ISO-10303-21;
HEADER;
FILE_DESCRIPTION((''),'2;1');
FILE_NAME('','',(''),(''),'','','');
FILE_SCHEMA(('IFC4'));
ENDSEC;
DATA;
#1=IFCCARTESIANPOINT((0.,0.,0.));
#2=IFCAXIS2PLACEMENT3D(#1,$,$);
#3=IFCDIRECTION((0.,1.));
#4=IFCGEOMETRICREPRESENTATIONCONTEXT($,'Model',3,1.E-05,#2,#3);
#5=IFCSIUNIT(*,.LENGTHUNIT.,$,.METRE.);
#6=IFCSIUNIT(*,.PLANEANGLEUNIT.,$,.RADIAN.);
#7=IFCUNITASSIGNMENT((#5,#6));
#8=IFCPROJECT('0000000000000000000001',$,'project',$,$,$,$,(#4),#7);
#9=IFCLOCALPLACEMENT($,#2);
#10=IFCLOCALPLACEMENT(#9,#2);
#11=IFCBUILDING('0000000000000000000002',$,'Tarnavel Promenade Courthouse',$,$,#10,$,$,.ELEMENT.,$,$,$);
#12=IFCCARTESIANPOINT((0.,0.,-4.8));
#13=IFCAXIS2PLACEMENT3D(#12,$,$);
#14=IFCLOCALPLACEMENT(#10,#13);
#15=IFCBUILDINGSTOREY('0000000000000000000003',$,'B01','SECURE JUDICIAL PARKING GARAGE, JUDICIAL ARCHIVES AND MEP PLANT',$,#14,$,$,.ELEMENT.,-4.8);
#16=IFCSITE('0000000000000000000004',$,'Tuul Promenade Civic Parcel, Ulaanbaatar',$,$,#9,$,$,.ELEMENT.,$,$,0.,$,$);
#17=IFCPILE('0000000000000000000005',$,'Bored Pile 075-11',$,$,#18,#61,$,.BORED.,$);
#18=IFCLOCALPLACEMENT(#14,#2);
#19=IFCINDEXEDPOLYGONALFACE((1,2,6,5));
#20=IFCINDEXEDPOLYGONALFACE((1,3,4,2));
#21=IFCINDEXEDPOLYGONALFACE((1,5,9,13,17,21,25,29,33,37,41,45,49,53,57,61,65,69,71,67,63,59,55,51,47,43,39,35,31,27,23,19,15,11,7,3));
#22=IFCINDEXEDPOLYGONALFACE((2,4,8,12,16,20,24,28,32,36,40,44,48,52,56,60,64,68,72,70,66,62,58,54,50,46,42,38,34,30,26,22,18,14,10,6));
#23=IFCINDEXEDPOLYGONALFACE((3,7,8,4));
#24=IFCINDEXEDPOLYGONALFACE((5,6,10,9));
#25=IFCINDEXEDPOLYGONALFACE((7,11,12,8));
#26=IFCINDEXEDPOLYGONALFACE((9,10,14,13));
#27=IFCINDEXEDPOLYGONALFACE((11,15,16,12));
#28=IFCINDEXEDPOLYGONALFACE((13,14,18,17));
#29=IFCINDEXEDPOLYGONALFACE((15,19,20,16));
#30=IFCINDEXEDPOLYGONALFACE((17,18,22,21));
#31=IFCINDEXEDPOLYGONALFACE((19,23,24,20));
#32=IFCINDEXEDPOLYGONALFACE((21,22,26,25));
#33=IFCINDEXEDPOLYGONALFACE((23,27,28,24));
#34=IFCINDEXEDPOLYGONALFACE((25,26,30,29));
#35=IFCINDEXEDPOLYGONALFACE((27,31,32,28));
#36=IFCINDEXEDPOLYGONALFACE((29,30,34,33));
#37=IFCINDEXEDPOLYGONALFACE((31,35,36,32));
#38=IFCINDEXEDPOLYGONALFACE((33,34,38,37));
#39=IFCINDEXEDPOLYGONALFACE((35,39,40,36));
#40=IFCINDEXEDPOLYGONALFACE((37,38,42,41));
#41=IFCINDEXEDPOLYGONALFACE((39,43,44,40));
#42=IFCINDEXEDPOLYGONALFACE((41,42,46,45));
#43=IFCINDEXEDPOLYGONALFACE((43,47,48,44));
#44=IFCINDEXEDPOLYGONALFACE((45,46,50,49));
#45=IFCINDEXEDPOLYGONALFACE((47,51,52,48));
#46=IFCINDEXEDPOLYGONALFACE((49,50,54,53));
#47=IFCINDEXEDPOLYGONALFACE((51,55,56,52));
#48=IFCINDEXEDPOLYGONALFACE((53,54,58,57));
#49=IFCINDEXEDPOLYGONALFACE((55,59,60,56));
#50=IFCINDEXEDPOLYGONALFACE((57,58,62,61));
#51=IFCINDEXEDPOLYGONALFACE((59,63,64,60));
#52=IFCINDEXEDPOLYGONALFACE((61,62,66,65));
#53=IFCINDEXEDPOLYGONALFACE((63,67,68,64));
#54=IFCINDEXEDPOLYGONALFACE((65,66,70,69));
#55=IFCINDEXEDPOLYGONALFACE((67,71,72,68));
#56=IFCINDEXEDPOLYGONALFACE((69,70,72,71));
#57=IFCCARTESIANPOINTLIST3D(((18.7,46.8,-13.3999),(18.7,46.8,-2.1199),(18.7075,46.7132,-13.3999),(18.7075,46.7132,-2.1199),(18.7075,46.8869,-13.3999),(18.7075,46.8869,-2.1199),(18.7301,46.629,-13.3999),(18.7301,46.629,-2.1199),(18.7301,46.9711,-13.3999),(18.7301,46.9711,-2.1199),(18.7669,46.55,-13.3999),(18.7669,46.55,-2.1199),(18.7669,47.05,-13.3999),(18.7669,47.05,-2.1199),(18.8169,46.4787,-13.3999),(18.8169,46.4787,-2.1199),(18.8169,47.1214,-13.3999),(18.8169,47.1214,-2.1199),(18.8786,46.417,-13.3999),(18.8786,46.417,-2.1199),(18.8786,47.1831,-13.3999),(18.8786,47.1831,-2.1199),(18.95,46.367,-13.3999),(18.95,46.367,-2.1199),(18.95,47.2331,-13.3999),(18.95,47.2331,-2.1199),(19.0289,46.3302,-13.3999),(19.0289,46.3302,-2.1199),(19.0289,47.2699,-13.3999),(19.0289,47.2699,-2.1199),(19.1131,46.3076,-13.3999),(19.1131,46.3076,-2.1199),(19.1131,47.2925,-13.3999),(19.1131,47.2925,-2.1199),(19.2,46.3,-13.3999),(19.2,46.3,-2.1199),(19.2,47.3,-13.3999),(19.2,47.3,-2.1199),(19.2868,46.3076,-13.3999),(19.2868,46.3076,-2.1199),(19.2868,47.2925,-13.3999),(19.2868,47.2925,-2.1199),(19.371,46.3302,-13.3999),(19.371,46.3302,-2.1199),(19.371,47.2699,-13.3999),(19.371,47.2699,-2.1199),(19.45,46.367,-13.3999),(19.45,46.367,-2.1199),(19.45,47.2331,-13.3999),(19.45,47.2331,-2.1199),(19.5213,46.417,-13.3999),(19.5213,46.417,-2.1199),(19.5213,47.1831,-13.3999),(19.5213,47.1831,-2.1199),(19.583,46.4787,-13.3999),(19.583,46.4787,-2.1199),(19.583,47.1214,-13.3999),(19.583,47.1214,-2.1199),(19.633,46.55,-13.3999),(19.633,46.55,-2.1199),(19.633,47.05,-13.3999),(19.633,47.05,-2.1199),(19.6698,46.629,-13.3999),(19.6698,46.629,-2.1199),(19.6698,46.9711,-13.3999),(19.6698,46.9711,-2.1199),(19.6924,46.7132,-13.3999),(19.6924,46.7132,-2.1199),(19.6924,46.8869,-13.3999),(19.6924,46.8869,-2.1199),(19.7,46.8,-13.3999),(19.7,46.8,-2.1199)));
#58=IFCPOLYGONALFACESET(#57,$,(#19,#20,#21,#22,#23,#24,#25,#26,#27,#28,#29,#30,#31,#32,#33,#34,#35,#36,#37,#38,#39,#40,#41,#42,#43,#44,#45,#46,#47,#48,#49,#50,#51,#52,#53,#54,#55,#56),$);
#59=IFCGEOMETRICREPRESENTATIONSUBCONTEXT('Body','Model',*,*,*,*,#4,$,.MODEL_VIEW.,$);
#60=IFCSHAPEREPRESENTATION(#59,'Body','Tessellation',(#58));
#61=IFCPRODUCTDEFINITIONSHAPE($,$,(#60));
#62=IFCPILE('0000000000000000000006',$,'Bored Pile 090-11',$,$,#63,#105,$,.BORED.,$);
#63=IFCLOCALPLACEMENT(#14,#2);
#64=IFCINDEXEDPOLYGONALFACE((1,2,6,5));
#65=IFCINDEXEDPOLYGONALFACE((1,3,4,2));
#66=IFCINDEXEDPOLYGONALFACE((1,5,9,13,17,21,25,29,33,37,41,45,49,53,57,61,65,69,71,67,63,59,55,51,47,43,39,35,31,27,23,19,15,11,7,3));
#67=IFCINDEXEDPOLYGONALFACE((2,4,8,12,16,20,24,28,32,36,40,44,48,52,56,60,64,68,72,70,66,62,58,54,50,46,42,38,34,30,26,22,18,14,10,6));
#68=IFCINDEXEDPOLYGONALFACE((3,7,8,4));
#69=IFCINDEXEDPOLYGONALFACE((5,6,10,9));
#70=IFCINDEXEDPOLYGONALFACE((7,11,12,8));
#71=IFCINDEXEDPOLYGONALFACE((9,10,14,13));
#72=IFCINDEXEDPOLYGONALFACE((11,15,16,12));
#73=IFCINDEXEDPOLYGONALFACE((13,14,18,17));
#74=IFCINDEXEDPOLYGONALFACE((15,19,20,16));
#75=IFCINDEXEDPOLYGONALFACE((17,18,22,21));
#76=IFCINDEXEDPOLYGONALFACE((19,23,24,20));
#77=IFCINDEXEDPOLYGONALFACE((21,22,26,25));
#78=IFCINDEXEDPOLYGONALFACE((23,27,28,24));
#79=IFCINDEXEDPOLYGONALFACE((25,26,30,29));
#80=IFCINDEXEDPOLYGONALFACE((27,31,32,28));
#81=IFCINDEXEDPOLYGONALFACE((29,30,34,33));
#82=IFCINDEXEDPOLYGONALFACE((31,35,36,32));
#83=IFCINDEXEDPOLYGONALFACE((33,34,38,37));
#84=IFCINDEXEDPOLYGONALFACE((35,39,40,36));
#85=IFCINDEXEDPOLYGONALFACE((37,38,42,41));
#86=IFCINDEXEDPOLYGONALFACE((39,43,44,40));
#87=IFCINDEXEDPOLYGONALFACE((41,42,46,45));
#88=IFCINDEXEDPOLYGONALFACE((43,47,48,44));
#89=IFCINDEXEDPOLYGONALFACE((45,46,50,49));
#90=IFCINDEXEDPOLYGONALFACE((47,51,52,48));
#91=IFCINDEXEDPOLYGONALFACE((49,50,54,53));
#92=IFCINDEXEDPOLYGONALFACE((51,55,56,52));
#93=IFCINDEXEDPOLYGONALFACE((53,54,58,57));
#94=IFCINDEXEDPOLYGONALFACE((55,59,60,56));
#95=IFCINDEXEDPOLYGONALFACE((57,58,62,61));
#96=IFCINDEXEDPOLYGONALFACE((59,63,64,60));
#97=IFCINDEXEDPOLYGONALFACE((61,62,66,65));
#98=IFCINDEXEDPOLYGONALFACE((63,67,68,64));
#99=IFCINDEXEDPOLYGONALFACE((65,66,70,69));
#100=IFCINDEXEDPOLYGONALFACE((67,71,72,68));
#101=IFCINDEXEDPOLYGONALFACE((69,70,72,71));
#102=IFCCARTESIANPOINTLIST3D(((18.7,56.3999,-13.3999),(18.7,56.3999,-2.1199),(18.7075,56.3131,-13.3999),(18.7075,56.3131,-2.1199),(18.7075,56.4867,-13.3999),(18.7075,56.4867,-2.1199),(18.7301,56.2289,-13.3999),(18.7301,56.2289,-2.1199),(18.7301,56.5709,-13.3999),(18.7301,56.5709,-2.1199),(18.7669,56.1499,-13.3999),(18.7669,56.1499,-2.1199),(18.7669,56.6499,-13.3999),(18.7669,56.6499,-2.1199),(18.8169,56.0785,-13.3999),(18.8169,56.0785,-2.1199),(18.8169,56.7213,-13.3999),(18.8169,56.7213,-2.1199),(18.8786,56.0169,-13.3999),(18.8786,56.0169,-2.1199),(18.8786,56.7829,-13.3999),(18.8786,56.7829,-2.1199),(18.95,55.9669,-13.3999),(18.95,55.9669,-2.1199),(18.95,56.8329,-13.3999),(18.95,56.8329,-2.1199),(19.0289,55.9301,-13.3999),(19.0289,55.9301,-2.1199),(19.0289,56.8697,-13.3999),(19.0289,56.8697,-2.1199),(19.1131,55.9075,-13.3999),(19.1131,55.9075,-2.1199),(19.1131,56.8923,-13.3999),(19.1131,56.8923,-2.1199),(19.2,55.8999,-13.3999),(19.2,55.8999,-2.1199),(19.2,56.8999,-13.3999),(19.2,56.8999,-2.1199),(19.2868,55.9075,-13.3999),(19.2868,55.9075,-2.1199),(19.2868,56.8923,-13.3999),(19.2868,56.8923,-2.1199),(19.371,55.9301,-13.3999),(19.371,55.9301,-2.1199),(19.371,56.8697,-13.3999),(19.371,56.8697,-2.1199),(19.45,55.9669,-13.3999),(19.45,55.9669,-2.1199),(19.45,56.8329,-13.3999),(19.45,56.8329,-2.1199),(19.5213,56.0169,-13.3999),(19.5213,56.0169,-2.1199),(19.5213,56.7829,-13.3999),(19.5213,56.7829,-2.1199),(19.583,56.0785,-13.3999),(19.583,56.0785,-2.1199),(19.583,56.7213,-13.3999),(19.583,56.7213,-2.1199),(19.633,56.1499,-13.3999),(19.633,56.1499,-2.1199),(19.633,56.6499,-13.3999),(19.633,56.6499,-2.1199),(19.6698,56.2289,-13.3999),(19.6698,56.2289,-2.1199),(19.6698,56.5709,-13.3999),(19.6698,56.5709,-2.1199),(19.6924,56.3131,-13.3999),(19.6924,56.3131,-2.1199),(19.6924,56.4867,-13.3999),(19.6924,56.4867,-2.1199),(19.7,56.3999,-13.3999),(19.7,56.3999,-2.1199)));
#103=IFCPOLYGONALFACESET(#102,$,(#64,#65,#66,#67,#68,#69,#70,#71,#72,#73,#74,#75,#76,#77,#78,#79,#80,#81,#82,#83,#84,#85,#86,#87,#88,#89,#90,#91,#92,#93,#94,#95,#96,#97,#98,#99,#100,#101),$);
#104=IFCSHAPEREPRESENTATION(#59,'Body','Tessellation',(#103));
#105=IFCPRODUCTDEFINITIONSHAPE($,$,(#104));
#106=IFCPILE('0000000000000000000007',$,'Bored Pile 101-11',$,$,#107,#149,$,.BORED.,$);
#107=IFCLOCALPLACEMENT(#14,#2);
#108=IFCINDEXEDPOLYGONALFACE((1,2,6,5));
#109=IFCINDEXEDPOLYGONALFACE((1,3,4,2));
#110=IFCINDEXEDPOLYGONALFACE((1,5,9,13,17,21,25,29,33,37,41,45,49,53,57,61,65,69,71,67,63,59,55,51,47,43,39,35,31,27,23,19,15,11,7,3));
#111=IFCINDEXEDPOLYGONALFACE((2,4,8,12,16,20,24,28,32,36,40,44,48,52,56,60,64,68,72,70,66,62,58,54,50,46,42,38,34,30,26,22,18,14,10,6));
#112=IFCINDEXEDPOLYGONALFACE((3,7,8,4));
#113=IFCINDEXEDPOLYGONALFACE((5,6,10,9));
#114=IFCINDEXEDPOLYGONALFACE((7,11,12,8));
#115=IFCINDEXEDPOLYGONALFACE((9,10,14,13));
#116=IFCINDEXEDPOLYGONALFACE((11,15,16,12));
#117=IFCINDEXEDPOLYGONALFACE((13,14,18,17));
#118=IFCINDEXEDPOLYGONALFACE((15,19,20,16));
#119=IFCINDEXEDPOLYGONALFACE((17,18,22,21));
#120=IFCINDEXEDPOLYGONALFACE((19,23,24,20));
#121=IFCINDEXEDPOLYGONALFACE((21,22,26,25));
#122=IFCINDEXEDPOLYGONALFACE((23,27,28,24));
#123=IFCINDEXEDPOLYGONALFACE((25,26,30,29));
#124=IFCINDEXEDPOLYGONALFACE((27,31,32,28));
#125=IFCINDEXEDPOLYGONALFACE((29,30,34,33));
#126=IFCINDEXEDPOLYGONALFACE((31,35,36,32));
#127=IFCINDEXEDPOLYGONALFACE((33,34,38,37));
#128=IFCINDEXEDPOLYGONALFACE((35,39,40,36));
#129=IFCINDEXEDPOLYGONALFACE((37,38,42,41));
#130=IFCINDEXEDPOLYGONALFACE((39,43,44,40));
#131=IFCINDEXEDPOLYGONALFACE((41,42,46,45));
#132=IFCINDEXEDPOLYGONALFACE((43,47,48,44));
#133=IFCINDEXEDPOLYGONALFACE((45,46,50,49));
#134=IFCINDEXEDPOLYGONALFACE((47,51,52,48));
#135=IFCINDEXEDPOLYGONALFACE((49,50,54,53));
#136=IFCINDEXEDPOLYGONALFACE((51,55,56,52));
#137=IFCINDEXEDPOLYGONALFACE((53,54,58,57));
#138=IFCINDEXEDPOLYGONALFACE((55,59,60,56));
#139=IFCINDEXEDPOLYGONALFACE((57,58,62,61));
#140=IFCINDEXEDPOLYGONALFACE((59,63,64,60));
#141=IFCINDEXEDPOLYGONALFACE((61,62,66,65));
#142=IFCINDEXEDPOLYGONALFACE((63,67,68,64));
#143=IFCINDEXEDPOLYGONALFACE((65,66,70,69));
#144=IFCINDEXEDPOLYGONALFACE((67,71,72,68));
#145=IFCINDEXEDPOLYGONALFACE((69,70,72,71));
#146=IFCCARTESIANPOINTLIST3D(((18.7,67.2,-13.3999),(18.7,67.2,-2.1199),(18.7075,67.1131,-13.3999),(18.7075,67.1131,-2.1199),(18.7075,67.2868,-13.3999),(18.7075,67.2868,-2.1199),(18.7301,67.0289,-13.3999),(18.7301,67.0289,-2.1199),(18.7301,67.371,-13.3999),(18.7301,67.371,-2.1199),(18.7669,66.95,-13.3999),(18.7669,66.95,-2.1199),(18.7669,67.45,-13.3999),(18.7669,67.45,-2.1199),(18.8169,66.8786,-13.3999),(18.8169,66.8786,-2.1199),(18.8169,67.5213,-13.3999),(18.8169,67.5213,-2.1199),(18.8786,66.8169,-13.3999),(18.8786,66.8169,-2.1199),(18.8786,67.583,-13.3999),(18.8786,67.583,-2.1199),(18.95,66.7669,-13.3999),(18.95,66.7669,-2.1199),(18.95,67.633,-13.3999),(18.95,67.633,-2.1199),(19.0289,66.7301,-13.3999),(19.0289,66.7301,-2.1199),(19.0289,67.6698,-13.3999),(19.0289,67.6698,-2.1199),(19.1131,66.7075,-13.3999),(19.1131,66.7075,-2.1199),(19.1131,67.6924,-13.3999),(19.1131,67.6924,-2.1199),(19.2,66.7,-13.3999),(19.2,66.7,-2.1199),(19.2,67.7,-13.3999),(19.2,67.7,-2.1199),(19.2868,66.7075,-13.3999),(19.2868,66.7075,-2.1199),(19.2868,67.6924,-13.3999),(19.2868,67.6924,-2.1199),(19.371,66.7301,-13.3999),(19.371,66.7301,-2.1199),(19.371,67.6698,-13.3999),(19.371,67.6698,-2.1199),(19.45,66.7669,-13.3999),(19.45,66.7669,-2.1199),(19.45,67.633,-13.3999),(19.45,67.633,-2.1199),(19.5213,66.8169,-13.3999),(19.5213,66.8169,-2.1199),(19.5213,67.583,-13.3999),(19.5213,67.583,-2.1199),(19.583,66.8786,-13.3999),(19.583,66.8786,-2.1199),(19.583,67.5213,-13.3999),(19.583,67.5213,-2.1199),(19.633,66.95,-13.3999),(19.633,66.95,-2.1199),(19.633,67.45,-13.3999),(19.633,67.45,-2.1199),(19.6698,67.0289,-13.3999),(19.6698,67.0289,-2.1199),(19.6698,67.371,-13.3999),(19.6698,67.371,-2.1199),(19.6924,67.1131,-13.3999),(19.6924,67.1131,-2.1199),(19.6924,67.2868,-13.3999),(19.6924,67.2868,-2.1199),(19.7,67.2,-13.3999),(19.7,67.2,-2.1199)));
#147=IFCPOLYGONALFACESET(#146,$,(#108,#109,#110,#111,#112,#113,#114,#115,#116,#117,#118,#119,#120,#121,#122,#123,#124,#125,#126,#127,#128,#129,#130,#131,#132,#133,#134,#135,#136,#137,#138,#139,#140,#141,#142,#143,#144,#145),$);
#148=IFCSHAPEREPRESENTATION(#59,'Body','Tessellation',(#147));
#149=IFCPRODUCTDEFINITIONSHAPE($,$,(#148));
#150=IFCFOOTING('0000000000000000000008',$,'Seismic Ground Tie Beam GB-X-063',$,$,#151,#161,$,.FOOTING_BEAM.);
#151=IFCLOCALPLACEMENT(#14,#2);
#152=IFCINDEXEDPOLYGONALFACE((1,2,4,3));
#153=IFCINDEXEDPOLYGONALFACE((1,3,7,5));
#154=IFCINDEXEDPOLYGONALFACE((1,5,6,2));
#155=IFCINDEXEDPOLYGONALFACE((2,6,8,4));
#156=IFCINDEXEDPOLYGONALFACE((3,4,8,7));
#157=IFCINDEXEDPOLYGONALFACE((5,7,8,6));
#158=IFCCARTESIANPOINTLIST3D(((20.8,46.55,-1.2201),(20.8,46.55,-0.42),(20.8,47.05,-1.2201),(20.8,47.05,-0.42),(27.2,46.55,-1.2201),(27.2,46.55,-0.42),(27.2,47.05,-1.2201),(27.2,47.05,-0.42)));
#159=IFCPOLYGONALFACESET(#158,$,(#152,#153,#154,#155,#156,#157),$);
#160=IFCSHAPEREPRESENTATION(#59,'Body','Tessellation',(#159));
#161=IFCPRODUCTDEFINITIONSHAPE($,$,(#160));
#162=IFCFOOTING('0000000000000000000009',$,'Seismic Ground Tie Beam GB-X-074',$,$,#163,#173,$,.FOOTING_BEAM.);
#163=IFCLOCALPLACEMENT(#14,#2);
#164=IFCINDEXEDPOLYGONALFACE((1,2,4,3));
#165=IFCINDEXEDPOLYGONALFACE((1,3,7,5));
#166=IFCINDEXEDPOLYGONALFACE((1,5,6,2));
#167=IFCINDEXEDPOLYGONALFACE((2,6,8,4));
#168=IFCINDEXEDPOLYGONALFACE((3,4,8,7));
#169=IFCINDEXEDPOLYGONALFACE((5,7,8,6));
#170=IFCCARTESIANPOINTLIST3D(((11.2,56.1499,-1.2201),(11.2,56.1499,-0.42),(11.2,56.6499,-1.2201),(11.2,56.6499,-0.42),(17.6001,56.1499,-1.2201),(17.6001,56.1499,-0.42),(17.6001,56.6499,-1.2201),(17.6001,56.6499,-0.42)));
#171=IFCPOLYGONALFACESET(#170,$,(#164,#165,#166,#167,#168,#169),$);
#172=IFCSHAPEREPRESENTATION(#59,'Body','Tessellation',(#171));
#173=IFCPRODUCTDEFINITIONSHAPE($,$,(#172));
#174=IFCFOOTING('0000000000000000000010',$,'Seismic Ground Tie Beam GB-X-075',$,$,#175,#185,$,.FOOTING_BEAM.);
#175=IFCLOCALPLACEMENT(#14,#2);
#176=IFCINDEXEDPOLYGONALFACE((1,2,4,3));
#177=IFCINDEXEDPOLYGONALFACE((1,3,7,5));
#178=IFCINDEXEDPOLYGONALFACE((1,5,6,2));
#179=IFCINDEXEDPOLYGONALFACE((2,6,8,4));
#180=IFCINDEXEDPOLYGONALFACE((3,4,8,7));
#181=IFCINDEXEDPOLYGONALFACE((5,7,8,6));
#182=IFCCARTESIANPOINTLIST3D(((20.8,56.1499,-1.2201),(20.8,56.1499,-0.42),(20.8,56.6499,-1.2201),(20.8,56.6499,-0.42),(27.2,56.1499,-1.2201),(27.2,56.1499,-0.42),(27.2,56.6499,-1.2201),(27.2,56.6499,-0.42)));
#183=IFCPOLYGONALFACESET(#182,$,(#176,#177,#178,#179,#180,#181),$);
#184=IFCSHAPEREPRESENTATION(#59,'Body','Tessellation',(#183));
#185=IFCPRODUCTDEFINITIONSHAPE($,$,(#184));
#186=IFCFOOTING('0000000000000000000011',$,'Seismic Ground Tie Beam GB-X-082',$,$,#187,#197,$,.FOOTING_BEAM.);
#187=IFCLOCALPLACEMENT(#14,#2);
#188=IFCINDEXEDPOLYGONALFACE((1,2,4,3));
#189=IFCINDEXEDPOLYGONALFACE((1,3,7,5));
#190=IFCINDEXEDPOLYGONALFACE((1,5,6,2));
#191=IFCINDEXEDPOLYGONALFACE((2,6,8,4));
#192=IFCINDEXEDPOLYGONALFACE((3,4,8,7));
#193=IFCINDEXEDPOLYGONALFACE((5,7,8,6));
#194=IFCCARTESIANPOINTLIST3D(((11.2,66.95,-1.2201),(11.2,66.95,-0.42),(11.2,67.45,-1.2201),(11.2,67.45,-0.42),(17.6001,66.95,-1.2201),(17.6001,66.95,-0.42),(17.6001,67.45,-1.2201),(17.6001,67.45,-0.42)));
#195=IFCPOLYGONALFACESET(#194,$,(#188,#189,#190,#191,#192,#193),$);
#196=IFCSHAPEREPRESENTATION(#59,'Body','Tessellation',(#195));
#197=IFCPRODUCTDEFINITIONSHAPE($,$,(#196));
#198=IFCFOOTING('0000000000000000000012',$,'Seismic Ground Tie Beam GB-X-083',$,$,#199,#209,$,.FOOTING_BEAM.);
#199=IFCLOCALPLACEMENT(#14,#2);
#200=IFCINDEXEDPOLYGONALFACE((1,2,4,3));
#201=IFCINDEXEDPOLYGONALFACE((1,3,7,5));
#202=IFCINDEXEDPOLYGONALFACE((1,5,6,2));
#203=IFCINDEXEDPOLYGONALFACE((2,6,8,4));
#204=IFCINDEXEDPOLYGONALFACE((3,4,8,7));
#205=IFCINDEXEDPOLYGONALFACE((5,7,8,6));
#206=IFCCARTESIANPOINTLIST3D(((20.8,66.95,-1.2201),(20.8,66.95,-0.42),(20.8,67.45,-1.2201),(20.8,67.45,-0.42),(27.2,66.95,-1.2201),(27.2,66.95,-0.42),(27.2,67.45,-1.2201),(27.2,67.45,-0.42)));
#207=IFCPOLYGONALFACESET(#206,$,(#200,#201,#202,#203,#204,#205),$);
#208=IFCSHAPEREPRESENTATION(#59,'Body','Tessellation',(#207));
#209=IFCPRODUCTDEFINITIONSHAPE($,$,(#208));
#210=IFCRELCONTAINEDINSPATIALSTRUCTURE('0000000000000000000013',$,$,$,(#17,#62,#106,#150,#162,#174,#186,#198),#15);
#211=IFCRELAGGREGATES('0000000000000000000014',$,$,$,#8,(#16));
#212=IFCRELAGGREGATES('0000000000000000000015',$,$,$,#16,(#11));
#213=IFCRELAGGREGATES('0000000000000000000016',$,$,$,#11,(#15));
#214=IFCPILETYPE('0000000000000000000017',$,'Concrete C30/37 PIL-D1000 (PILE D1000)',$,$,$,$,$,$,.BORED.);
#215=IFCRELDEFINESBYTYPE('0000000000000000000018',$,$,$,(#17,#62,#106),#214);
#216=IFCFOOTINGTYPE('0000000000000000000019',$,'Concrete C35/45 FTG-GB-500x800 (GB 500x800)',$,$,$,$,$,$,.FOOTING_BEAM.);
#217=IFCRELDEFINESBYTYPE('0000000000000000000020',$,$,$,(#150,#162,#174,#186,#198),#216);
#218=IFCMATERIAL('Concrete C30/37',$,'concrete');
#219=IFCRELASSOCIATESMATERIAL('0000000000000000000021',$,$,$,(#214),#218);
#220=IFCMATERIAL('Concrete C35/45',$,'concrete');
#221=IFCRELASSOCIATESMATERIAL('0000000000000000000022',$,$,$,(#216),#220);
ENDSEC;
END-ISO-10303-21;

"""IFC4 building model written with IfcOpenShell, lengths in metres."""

from ifc_helpers import new_model, si_unit, direction, frame, origin, origin_2d, place, context, subcontext, project, spatial, rectangle, circle, extrude, material, material_profile, profile_set, type_object, element, save


model = new_model("IFC4")

# Units and contexts
model_context = context("Model", 3, precision=1e-05, world=origin(), true_north=direction((0.0, 1.0)))
body_context = subcontext(model_context, "Body", "Model", "MODEL_VIEW")
ifc_project = project(units=[si_unit("LENGTHUNIT", "METRE"), si_unit("PLANEANGLEUNIT", "RADIAN")], contexts=[model_context])

# Site, building, storey
site_placement = place(None, origin())
site = spatial("IfcSite", under=ifc_project, at=site_placement, Name="Tuul Promenade Civic Parcel, Ulaanbaatar", CompositionType="ELEMENT", RefElevation=0.0)
building_placement = place(site_placement, origin())
building = spatial("IfcBuilding", under=site, at=building_placement, Name="Tarnavel Promenade Courthouse", CompositionType="ELEMENT")
storey_placement = place(building_placement, frame((0.0, 0.0, -4.8)))
storey = spatial("IfcBuildingStorey", under=building, at=storey_placement, Name="B01", Description="SECURE JUDICIAL PARKING GARAGE, JUDICIAL ARCHIVES AND MEP PLANT", CompositionType="ELEMENT", Elevation=-4.8)

# Piles
ifc_material_1 = material(Name="Concrete C30/37", Category="concrete")
ifc_material_profile_1 = material_profile(ifc_material_1, circle(Radius=0.5, at=origin_2d()), Name="PILE D1000")
ifc_profile_set_1 = profile_set([ifc_material_profile_1], Name="Concrete C30/37")
pile_type = type_object("IfcPileType", Name="Concrete C30/37 PIL-D1000 (PILE D1000)", PredefinedType="BORED", material=ifc_profile_set_1)
for number, where, z_axis, x_axis, name in (
    (1, (19.2, 46.8, -2.1199), (0.0, 0.0, -1.0), (1.0, 0.0, 0.0), "Bored Pile 075-11"),
    (2, (19.2, 56.3999, -2.1199), (0.0, 0.0, -1.0), (1.0, 0.0, 0.0), "Bored Pile 090-11"),
    (3, (19.2, 67.2, -2.1199), (0.0, 0.0, -1.0), (1.0, 0.0, 0.0), "Bored Pile 101-11"),
):
    element("IfcPile", number, at=place(storey_placement, frame(where, z_axis=z_axis, x_axis=x_axis)), inside=storey, type_object=pile_type, Name=name, PredefinedType="BORED", context=body_context, shape_type="SweptSolid", body=[
        extrude(circle(Radius=0.5, at=origin_2d()), origin(), (0.0, 0.0, 1.0), 11.28),
    ])

# Footings
ifc_material_2 = material(Name="Concrete C35/45", Category="concrete")
ifc_material_profile_2 = material_profile(ifc_material_2, rectangle(XDim=0.5, YDim=0.8, at=origin_2d()), Name="GB 500x800")
ifc_profile_set_2 = profile_set([ifc_material_profile_2], Name="Concrete C35/45")
footing_type_1 = type_object("IfcFootingType", Name="Concrete C35/45 FTG-GB-500x800 (GB 500x800)", PredefinedType="FOOTING_BEAM", material=ifc_profile_set_2)
footing_1_placement = place(storey_placement, frame((20.8, 46.8, -0.8201), z_axis=(1.0, 0.0, 0.0), x_axis=(0.0, 1.0, 0.0)))
element("IfcFooting", 4, at=footing_1_placement, inside=storey, type_object=footing_type_1, Name="Seismic Ground Tie Beam GB-X-063", PredefinedType="FOOTING_BEAM", context=body_context, shape_type="SweptSolid", body=[
    extrude(rectangle(XDim=0.5, YDim=0.8, at=origin_2d()), origin(), (0.0, 0.0, 1.0), 6.3999),
])
footing_2_placement = place(storey_placement, frame((11.2, 56.3999, -0.8201), z_axis=(1.0, 0.0, 0.0), x_axis=(0.0, 1.0, 0.0)))
element("IfcFooting", 5, at=footing_2_placement, inside=storey, type_object=footing_type_1, Name="Seismic Ground Tie Beam GB-X-074", PredefinedType="FOOTING_BEAM", context=body_context, shape_type="SweptSolid", body=[
    extrude(rectangle(XDim=0.5, YDim=0.8, at=origin_2d()), origin(), (0.0, 0.0, 1.0), 6.4001),
])
footing_3_placement = place(storey_placement, frame((20.8, 56.3999, -0.8201), z_axis=(1.0, 0.0, 0.0), x_axis=(0.0, 1.0, 0.0)))
element("IfcFooting", 6, at=footing_3_placement, inside=storey, type_object=footing_type_1, Name="Seismic Ground Tie Beam GB-X-075", PredefinedType="FOOTING_BEAM", context=body_context, shape_type="SweptSolid", body=[
    extrude(rectangle(XDim=0.5, YDim=0.8, at=origin_2d()), origin(), (0.0, 0.0, 1.0), 6.3999),
])
footing_4_placement = place(storey_placement, frame((11.2, 67.2, -0.8201), z_axis=(1.0, 0.0, 0.0), x_axis=(0.0, 1.0, 0.0)))
element("IfcFooting", 7, at=footing_4_placement, inside=storey, type_object=footing_type_1, Name="Seismic Ground Tie Beam GB-X-082", PredefinedType="FOOTING_BEAM", context=body_context, shape_type="SweptSolid", body=[
    extrude(rectangle(XDim=0.5, YDim=0.8, at=origin_2d()), origin(), (0.0, 0.0, 1.0), 6.4001),
])
footing_5_placement = place(storey_placement, frame((20.8, 67.2, -0.8201), z_axis=(1.0, 0.0, 0.0), x_axis=(0.0, 1.0, 0.0)))
element("IfcFooting", 8, at=footing_5_placement, inside=storey, type_object=footing_type_1, Name="Seismic Ground Tie Beam GB-X-083", PredefinedType="FOOTING_BEAM", context=body_context, shape_type="SweptSolid", body=[
    extrude(rectangle(XDim=0.5, YDim=0.8, at=origin_2d()), origin(), (0.0, 0.0, 1.0), 6.3999),
])

save(model, "model.ifc")
